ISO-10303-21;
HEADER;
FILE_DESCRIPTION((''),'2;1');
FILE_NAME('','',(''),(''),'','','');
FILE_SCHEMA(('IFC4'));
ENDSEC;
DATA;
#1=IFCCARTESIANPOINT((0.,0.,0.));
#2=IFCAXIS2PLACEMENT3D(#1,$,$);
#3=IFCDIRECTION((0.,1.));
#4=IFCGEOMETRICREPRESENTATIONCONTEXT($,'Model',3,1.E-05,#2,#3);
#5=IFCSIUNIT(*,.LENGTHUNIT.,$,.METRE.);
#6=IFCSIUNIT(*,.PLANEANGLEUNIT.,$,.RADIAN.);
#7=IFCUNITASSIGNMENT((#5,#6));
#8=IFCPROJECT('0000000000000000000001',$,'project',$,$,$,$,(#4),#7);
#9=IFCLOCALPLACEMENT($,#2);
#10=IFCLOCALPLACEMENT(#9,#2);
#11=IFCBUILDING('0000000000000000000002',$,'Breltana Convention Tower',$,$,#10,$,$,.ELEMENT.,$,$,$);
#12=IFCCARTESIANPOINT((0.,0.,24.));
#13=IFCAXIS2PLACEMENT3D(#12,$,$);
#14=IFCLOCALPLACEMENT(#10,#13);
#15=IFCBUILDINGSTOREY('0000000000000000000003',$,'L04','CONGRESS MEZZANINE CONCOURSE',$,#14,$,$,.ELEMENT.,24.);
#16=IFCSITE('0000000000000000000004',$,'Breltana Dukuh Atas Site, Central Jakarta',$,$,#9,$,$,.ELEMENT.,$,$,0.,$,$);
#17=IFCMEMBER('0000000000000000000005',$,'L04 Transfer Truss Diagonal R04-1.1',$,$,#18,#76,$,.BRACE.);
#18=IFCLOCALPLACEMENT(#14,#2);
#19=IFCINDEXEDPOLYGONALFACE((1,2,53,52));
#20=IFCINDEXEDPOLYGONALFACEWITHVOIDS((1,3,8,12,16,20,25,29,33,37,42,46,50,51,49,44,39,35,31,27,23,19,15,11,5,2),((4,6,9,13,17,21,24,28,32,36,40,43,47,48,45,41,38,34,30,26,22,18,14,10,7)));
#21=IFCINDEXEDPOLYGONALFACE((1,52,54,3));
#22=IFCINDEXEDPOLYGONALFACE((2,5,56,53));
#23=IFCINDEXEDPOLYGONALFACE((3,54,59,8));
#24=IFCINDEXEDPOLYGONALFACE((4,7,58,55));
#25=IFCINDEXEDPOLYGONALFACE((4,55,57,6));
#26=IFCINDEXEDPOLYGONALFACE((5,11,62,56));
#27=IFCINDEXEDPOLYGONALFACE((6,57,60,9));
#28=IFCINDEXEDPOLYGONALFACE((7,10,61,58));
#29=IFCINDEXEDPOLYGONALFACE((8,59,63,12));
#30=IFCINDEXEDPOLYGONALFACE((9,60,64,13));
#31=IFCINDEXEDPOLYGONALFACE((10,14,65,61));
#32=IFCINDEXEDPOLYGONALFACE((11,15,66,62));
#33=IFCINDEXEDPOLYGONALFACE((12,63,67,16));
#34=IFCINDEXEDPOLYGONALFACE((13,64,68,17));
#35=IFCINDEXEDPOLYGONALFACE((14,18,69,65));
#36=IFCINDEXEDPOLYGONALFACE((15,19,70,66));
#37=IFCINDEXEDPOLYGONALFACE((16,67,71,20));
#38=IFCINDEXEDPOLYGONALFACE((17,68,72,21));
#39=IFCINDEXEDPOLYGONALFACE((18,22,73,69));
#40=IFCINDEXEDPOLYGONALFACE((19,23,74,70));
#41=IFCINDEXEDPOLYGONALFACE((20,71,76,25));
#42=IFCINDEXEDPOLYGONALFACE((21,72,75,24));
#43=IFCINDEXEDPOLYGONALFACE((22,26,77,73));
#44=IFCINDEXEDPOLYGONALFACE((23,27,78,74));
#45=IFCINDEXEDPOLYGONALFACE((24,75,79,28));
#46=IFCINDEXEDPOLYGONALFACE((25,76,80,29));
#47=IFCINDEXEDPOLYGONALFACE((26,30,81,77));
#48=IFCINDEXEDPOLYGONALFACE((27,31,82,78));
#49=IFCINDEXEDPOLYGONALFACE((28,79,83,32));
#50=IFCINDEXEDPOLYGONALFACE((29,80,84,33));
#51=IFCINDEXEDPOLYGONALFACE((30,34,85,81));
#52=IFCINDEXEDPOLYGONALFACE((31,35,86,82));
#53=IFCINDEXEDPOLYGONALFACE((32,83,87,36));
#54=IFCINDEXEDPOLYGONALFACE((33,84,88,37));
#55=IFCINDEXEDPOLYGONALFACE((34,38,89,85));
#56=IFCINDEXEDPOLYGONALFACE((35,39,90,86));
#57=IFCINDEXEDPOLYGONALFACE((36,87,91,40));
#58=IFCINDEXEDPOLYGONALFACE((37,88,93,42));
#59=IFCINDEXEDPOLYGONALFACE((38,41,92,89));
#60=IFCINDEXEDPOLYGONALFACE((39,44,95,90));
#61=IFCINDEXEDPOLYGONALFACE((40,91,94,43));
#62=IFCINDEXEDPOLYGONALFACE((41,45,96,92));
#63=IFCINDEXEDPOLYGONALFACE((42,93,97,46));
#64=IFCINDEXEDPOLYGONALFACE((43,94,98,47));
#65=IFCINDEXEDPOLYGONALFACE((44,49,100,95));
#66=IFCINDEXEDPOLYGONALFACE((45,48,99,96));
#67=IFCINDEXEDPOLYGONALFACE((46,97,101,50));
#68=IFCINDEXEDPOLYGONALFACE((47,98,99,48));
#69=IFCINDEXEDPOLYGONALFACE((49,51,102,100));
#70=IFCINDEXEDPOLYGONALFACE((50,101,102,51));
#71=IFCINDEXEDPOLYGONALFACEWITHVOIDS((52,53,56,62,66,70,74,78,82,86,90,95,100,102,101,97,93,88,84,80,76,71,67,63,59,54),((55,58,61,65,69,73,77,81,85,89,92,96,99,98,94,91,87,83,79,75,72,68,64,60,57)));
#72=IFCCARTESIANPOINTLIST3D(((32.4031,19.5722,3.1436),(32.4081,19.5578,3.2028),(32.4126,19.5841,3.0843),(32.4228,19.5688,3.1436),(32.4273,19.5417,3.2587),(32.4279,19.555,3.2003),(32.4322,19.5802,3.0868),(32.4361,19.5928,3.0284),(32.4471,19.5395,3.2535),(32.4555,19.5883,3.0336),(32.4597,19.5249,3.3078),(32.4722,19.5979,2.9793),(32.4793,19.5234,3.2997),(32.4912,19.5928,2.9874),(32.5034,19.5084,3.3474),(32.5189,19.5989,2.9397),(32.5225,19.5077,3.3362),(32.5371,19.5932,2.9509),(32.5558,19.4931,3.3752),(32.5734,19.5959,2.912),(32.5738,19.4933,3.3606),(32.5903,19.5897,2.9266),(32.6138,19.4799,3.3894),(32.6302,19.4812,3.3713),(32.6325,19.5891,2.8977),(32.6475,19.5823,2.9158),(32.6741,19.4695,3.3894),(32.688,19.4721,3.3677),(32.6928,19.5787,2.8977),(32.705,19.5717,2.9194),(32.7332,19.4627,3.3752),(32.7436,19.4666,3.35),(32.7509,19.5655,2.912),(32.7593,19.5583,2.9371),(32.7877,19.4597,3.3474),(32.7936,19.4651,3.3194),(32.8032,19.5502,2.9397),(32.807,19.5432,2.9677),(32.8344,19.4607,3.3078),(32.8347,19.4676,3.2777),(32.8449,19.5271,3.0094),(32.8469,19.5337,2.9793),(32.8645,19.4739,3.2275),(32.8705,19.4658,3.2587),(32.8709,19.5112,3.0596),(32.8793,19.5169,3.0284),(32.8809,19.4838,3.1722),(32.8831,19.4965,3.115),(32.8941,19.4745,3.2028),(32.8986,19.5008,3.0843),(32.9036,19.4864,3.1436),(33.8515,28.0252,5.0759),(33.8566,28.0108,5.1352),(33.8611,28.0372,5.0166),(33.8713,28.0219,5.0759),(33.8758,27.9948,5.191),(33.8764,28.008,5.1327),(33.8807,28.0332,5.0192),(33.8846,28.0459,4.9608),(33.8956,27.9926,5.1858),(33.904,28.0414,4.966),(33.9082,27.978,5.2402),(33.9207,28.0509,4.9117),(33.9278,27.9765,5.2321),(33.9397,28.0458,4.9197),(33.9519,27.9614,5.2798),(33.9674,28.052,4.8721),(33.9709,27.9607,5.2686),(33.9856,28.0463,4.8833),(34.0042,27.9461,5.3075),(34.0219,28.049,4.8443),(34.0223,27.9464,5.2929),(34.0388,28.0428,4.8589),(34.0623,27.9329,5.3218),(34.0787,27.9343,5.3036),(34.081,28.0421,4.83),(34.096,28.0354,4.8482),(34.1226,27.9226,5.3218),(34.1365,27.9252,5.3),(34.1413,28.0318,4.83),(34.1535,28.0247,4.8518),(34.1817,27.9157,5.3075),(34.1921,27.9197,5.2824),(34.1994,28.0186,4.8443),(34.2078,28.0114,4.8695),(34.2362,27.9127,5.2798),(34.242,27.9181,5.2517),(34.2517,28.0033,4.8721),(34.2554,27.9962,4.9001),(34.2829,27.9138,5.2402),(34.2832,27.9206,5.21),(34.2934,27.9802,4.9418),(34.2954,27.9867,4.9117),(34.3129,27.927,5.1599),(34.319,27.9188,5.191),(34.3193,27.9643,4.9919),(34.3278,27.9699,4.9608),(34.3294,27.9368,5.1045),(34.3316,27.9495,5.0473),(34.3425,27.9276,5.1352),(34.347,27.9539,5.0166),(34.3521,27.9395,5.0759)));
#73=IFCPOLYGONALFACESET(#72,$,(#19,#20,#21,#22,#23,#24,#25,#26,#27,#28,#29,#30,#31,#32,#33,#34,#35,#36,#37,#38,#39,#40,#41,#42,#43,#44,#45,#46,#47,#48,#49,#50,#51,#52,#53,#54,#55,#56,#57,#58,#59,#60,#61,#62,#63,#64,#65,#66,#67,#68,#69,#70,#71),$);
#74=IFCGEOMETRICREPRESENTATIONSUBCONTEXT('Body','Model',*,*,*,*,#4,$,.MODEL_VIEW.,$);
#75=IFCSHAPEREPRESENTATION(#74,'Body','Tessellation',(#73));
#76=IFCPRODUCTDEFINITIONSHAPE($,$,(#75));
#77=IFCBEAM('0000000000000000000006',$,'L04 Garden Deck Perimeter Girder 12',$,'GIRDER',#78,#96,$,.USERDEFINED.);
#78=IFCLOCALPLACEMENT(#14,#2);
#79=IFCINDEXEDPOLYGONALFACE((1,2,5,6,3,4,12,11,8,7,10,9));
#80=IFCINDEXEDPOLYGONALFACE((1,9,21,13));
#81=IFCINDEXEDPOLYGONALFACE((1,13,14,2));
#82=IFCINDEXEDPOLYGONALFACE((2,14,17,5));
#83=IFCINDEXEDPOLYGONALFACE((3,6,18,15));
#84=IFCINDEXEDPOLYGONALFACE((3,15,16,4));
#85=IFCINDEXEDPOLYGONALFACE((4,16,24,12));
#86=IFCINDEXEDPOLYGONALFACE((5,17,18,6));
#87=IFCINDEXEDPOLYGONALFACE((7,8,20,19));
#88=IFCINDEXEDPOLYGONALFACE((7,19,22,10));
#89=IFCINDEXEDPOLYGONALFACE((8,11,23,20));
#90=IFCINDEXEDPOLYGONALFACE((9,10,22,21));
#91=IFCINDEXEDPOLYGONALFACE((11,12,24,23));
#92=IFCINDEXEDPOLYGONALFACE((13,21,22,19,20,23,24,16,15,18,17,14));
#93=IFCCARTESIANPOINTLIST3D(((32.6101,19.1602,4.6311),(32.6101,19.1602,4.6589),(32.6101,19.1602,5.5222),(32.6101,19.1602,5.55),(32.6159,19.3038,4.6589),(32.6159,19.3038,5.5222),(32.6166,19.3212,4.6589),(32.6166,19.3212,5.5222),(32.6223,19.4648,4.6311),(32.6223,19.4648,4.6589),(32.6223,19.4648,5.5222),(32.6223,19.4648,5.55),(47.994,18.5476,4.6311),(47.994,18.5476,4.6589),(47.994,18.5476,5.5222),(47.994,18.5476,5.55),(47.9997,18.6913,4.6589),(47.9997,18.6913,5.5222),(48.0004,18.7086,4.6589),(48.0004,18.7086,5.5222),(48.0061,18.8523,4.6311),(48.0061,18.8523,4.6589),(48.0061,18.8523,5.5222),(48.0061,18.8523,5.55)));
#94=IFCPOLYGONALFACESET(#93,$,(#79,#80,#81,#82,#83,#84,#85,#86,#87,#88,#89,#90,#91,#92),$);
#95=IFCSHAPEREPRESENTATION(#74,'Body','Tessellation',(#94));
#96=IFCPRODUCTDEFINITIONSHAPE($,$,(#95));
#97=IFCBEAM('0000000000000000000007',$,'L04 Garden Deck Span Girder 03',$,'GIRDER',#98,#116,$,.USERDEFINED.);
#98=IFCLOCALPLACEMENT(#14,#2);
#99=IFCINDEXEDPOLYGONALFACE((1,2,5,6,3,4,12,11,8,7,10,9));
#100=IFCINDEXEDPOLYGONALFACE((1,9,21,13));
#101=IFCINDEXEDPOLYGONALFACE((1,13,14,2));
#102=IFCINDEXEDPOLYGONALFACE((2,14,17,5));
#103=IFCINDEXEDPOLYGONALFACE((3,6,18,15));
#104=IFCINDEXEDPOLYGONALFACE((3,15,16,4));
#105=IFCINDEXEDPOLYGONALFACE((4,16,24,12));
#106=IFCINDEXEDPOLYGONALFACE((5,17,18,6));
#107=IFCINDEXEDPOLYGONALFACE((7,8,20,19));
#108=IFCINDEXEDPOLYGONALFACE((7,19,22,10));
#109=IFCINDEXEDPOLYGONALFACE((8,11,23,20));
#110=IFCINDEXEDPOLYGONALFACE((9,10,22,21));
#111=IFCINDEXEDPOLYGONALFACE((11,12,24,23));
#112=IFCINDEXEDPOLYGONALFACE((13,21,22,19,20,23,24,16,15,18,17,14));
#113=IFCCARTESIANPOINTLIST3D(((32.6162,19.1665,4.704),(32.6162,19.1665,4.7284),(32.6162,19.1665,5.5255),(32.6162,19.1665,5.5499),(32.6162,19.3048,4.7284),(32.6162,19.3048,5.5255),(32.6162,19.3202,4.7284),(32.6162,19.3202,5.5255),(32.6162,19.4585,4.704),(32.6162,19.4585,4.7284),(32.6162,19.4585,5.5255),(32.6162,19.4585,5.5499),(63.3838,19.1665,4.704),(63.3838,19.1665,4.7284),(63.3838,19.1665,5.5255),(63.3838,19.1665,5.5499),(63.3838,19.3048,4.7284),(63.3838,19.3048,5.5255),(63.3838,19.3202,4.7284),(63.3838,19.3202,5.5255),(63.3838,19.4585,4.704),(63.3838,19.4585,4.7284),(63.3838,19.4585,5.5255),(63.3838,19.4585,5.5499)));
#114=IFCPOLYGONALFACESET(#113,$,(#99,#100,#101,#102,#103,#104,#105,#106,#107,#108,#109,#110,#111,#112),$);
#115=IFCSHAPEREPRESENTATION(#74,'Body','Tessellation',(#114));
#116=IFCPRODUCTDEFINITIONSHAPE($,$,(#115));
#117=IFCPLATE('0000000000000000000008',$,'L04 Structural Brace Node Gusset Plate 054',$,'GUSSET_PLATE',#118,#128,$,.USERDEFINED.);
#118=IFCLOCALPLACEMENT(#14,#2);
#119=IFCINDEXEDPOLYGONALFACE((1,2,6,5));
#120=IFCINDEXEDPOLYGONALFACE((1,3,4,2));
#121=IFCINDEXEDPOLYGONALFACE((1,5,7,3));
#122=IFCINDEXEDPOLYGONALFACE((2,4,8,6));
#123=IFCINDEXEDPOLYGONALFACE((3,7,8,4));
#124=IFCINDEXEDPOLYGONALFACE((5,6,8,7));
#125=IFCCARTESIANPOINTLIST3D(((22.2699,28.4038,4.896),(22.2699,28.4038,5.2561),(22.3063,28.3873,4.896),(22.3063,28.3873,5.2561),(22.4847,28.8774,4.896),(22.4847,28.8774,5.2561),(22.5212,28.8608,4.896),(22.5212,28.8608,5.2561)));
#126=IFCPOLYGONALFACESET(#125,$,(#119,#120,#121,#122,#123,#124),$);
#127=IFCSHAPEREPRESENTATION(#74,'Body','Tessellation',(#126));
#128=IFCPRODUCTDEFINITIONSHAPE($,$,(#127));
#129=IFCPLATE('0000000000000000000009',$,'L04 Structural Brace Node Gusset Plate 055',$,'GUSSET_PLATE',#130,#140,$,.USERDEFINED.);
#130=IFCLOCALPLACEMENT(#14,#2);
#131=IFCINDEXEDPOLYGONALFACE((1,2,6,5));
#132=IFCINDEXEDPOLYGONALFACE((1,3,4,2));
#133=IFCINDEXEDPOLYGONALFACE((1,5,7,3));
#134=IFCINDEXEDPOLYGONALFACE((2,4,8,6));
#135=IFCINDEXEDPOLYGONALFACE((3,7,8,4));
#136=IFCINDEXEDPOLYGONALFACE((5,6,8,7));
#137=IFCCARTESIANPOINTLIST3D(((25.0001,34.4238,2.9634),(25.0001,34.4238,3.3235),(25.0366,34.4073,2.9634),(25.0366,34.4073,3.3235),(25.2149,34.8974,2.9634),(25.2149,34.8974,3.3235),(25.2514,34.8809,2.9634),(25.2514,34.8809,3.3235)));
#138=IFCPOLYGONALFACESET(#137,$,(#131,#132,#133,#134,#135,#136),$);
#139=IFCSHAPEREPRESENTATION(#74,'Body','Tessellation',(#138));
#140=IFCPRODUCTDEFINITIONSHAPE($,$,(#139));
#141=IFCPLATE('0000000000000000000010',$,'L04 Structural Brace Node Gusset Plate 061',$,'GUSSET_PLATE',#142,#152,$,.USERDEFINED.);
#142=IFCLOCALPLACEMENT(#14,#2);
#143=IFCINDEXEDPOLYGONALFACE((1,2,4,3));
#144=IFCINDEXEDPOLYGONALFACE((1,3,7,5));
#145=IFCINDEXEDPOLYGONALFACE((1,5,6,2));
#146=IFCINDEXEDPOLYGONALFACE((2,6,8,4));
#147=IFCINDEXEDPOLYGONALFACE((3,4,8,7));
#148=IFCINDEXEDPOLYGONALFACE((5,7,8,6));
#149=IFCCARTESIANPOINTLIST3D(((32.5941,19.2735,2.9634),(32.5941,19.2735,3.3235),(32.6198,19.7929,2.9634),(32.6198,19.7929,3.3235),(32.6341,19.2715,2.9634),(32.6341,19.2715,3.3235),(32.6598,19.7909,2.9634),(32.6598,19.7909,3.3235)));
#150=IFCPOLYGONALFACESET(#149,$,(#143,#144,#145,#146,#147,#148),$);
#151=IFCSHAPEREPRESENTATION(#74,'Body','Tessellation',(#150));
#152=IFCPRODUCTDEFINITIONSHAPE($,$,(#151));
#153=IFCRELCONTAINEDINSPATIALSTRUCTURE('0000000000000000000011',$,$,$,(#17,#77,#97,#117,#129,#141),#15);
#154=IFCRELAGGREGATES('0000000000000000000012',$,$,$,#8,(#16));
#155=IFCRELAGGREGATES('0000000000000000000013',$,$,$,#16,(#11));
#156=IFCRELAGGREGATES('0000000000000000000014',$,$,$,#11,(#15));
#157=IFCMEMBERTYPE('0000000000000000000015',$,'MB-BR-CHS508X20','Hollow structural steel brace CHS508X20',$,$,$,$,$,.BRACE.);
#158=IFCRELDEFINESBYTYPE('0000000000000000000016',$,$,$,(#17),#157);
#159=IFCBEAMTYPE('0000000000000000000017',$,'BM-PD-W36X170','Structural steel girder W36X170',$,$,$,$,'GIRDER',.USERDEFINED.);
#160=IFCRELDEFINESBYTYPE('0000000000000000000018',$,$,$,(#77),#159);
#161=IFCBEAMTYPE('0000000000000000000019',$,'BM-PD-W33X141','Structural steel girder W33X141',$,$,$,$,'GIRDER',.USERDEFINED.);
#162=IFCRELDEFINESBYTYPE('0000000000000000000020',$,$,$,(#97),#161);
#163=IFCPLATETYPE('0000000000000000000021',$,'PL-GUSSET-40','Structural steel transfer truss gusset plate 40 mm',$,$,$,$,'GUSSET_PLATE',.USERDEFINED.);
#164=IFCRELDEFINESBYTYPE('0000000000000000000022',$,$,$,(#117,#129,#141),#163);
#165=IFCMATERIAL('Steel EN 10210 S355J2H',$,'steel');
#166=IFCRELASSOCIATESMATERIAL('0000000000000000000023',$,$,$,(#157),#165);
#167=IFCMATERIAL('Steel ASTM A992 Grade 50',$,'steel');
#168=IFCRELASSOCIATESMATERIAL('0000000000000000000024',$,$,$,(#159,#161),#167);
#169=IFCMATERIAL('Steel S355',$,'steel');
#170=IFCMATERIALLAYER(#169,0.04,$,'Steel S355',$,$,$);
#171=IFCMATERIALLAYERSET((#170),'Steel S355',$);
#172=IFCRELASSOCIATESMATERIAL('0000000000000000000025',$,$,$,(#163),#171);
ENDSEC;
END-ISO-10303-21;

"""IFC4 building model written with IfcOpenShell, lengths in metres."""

from ifc_helpers import new_model, si_unit, direction, frame, origin, origin_2d, place, context, subcontext, project, spatial, rectangle, hollow_circle, i_section, extrude, source, transform, mapped, material, layer, layer_set, material_profile, profile_set, type_object, element, save


model = new_model("IFC4")

# Units and contexts
model_context = context("Model", 3, precision=1e-05, world=origin(), true_north=direction((0.0, 1.0)))
body_context = subcontext(model_context, "Body", "Model", "MODEL_VIEW")
ifc_project = project(units=[si_unit("LENGTHUNIT", "METRE"), si_unit("PLANEANGLEUNIT", "RADIAN")], contexts=[model_context])

# Site, building, storey
site_placement = place(None, origin())
site = spatial("IfcSite", under=ifc_project, at=site_placement, Name="Breltana Dukuh Atas Site, Central Jakarta", CompositionType="ELEMENT", RefElevation=0.0)
building_placement = place(site_placement, origin())
building = spatial("IfcBuilding", under=site, at=building_placement, Name="Breltana Convention Tower", CompositionType="ELEMENT")
storey_placement = place(building_placement, frame((0.0, 0.0, 24.0)))
storey = spatial("IfcBuildingStorey", under=building, at=storey_placement, Name="L04", Description="CONGRESS MEZZANINE CONCOURSE", CompositionType="ELEMENT", Elevation=24.0)

# Shared definitions
ifc_material_1 = material(Name="Steel EN 10210 S355J2H", Category="steel")
ifc_material_profile_1 = material_profile(ifc_material_1, hollow_circle(Radius=0.2539, WallThickness=0.02, at=origin_2d()), Name="CHS508X20")
ifc_profile_set_1 = profile_set([ifc_material_profile_1], Name="Steel EN 10210 S355J2H")
member_type = type_object("IfcMemberType", Name="MB-BR-CHS508X20", Description="Hollow structural steel brace CHS508X20", PredefinedType="BRACE", material=ifc_profile_set_1)

# Shared definitions
ifc_material_2 = material(Name="Steel ASTM A992 Grade 50", Category="steel")

# Member
shared_shape_1 = source(origin(), body_context, "Body", "SweptSolid", [
    extrude(hollow_circle(Radius=0.2539, WallThickness=0.02, at=origin_2d()), origin(), (0.0, 0.0, 1.0), 8.7913),
])
member_1_placement = place(storey_placement, frame((32.6533, 19.5293, 3.1436), z_axis=(0.164763, 0.96153, 0.219804), x_axis=(-0.985634, 0.168893, 0.0)))
element("IfcMember", 1, at=member_1_placement, inside=storey, type_object=member_type, Name="L04 Transfer Truss Diagonal R04-1.1", PredefinedType="BRACE", context=body_context, shape_type="MappedRepresentation", body=[
    mapped(shared_shape_1, transform((0.0, 0.0, 0.0), scale=1.0)),
])

# Beams
ifc_material_profile_2 = material_profile(ifc_material_2, i_section(OverallWidth=0.3049, OverallDepth=0.9189, WebThickness=0.0173, FlangeThickness=0.0278, at=origin_2d()), Name="W36X170")
ifc_profile_set_2 = profile_set([ifc_material_profile_2], Name="Steel ASTM A992 Grade 50")
beam_type_1 = type_object("IfcBeamType", Name="BM-PD-W36X170", Description="Structural steel girder W36X170", ElementType="GIRDER", PredefinedType="USERDEFINED", material=ifc_profile_set_2)
shared_shape_2 = source(origin(), body_context, "Body", "SweptSolid", [
    extrude(i_section(OverallWidth=0.3049, OverallDepth=0.9189, WebThickness=0.0173, FlangeThickness=0.0278, at=origin_2d()), origin(), (0.0, 0.0, 1.0), 15.396),
])
beam_1_placement = place(storey_placement, frame((32.6162, 19.3125, 5.0906), z_axis=(0.999208, -0.039786, 0.0), x_axis=(0.039786, 0.999208, 0.0)))
element("IfcBeam", 2, at=beam_1_placement, inside=storey, type_object=beam_type_1, Name="L04 Garden Deck Perimeter Girder 12", ObjectType="GIRDER", PredefinedType="USERDEFINED", context=body_context, shape_type="MappedRepresentation", body=[
    mapped(shared_shape_2, transform((0.0, 0.0, 0.0), scale=1.0)),
])
ifc_material_profile_3 = material_profile(ifc_material_2, i_section(OverallWidth=0.292, OverallDepth=0.8459, WebThickness=0.0154, FlangeThickness=0.0244, at=origin_2d()), Name="W33X141")
ifc_profile_set_3 = profile_set([ifc_material_profile_3], Name="Steel ASTM A992 Grade 50")
beam_type_2 = type_object("IfcBeamType", Name="BM-PD-W33X141", Description="Structural steel girder W33X141", ElementType="GIRDER", PredefinedType="USERDEFINED", material=ifc_profile_set_3)
shared_shape_3 = source(origin(), body_context, "Body", "SweptSolid", [
    extrude(i_section(OverallWidth=0.292, OverallDepth=0.8459, WebThickness=0.0154, FlangeThickness=0.0244, at=origin_2d()), origin(), (0.0, 0.0, 1.0), 30.7676),
])
beam_2_placement = place(storey_placement, frame((32.6162, 19.3125, 5.127), z_axis=(1.0, 0.0, 0.0), x_axis=(0.0, 1.0, 0.0)))
element("IfcBeam", 3, at=beam_2_placement, inside=storey, type_object=beam_type_2, Name="L04 Garden Deck Span Girder 03", ObjectType="GIRDER", PredefinedType="USERDEFINED", context=body_context, shape_type="MappedRepresentation", body=[
    mapped(shared_shape_3, transform((0.0, 0.0, 0.0), scale=1.0)),
])

# Plates
ifc_material_3 = material(Name="Steel S355", Category="steel")
ifc_layer_1 = layer(ifc_material_3, 0.04, Name="Steel S355")
ifc_layer_set_1 = layer_set([ifc_layer_1], Name="Steel S355")
plate_type = type_object("IfcPlateType", Name="PL-GUSSET-40", Description="Structural steel transfer truss gusset plate 40 mm", ElementType="GUSSET_PLATE", PredefinedType="USERDEFINED", material=ifc_layer_set_1)
shared_shape_4 = source(origin(), body_context, "Body", "SweptSolid", [
    extrude(rectangle(XDim=0.52, YDim=0.04, at=origin_2d()), origin(), (0.0, 0.0, 1.0), 0.3601),
])
for number, where, z_axis, x_axis, name in (
    (4, (22.3955, 28.6323, 4.896), (0.0, 0.0, 1.0), (0.413104, 0.910684, 0.0), "L04 Structural Brace Node Gusset Plate 054"),
    (5, (25.1257, 34.6523, 2.9634), (0.0, 0.0, 1.0), (0.413104, 0.910684, 0.0), "L04 Structural Brace Node Gusset Plate 055"),
    (6, (32.627, 19.5322, 2.9634), (0.0, 0.0, 1.0), (0.049547, 0.998772, 0.0), "L04 Structural Brace Node Gusset Plate 061"),
):
    element("IfcPlate", number, at=place(storey_placement, frame(where, z_axis=z_axis, x_axis=x_axis)), inside=storey, type_object=plate_type, Name=name, ObjectType="GUSSET_PLATE", PredefinedType="USERDEFINED", context=body_context, shape_type="MappedRepresentation", body=[
        mapped(shared_shape_4, transform((0.0, 0.0, 0.0), scale=1.0)),
    ])

save(model, "model.ifc")
